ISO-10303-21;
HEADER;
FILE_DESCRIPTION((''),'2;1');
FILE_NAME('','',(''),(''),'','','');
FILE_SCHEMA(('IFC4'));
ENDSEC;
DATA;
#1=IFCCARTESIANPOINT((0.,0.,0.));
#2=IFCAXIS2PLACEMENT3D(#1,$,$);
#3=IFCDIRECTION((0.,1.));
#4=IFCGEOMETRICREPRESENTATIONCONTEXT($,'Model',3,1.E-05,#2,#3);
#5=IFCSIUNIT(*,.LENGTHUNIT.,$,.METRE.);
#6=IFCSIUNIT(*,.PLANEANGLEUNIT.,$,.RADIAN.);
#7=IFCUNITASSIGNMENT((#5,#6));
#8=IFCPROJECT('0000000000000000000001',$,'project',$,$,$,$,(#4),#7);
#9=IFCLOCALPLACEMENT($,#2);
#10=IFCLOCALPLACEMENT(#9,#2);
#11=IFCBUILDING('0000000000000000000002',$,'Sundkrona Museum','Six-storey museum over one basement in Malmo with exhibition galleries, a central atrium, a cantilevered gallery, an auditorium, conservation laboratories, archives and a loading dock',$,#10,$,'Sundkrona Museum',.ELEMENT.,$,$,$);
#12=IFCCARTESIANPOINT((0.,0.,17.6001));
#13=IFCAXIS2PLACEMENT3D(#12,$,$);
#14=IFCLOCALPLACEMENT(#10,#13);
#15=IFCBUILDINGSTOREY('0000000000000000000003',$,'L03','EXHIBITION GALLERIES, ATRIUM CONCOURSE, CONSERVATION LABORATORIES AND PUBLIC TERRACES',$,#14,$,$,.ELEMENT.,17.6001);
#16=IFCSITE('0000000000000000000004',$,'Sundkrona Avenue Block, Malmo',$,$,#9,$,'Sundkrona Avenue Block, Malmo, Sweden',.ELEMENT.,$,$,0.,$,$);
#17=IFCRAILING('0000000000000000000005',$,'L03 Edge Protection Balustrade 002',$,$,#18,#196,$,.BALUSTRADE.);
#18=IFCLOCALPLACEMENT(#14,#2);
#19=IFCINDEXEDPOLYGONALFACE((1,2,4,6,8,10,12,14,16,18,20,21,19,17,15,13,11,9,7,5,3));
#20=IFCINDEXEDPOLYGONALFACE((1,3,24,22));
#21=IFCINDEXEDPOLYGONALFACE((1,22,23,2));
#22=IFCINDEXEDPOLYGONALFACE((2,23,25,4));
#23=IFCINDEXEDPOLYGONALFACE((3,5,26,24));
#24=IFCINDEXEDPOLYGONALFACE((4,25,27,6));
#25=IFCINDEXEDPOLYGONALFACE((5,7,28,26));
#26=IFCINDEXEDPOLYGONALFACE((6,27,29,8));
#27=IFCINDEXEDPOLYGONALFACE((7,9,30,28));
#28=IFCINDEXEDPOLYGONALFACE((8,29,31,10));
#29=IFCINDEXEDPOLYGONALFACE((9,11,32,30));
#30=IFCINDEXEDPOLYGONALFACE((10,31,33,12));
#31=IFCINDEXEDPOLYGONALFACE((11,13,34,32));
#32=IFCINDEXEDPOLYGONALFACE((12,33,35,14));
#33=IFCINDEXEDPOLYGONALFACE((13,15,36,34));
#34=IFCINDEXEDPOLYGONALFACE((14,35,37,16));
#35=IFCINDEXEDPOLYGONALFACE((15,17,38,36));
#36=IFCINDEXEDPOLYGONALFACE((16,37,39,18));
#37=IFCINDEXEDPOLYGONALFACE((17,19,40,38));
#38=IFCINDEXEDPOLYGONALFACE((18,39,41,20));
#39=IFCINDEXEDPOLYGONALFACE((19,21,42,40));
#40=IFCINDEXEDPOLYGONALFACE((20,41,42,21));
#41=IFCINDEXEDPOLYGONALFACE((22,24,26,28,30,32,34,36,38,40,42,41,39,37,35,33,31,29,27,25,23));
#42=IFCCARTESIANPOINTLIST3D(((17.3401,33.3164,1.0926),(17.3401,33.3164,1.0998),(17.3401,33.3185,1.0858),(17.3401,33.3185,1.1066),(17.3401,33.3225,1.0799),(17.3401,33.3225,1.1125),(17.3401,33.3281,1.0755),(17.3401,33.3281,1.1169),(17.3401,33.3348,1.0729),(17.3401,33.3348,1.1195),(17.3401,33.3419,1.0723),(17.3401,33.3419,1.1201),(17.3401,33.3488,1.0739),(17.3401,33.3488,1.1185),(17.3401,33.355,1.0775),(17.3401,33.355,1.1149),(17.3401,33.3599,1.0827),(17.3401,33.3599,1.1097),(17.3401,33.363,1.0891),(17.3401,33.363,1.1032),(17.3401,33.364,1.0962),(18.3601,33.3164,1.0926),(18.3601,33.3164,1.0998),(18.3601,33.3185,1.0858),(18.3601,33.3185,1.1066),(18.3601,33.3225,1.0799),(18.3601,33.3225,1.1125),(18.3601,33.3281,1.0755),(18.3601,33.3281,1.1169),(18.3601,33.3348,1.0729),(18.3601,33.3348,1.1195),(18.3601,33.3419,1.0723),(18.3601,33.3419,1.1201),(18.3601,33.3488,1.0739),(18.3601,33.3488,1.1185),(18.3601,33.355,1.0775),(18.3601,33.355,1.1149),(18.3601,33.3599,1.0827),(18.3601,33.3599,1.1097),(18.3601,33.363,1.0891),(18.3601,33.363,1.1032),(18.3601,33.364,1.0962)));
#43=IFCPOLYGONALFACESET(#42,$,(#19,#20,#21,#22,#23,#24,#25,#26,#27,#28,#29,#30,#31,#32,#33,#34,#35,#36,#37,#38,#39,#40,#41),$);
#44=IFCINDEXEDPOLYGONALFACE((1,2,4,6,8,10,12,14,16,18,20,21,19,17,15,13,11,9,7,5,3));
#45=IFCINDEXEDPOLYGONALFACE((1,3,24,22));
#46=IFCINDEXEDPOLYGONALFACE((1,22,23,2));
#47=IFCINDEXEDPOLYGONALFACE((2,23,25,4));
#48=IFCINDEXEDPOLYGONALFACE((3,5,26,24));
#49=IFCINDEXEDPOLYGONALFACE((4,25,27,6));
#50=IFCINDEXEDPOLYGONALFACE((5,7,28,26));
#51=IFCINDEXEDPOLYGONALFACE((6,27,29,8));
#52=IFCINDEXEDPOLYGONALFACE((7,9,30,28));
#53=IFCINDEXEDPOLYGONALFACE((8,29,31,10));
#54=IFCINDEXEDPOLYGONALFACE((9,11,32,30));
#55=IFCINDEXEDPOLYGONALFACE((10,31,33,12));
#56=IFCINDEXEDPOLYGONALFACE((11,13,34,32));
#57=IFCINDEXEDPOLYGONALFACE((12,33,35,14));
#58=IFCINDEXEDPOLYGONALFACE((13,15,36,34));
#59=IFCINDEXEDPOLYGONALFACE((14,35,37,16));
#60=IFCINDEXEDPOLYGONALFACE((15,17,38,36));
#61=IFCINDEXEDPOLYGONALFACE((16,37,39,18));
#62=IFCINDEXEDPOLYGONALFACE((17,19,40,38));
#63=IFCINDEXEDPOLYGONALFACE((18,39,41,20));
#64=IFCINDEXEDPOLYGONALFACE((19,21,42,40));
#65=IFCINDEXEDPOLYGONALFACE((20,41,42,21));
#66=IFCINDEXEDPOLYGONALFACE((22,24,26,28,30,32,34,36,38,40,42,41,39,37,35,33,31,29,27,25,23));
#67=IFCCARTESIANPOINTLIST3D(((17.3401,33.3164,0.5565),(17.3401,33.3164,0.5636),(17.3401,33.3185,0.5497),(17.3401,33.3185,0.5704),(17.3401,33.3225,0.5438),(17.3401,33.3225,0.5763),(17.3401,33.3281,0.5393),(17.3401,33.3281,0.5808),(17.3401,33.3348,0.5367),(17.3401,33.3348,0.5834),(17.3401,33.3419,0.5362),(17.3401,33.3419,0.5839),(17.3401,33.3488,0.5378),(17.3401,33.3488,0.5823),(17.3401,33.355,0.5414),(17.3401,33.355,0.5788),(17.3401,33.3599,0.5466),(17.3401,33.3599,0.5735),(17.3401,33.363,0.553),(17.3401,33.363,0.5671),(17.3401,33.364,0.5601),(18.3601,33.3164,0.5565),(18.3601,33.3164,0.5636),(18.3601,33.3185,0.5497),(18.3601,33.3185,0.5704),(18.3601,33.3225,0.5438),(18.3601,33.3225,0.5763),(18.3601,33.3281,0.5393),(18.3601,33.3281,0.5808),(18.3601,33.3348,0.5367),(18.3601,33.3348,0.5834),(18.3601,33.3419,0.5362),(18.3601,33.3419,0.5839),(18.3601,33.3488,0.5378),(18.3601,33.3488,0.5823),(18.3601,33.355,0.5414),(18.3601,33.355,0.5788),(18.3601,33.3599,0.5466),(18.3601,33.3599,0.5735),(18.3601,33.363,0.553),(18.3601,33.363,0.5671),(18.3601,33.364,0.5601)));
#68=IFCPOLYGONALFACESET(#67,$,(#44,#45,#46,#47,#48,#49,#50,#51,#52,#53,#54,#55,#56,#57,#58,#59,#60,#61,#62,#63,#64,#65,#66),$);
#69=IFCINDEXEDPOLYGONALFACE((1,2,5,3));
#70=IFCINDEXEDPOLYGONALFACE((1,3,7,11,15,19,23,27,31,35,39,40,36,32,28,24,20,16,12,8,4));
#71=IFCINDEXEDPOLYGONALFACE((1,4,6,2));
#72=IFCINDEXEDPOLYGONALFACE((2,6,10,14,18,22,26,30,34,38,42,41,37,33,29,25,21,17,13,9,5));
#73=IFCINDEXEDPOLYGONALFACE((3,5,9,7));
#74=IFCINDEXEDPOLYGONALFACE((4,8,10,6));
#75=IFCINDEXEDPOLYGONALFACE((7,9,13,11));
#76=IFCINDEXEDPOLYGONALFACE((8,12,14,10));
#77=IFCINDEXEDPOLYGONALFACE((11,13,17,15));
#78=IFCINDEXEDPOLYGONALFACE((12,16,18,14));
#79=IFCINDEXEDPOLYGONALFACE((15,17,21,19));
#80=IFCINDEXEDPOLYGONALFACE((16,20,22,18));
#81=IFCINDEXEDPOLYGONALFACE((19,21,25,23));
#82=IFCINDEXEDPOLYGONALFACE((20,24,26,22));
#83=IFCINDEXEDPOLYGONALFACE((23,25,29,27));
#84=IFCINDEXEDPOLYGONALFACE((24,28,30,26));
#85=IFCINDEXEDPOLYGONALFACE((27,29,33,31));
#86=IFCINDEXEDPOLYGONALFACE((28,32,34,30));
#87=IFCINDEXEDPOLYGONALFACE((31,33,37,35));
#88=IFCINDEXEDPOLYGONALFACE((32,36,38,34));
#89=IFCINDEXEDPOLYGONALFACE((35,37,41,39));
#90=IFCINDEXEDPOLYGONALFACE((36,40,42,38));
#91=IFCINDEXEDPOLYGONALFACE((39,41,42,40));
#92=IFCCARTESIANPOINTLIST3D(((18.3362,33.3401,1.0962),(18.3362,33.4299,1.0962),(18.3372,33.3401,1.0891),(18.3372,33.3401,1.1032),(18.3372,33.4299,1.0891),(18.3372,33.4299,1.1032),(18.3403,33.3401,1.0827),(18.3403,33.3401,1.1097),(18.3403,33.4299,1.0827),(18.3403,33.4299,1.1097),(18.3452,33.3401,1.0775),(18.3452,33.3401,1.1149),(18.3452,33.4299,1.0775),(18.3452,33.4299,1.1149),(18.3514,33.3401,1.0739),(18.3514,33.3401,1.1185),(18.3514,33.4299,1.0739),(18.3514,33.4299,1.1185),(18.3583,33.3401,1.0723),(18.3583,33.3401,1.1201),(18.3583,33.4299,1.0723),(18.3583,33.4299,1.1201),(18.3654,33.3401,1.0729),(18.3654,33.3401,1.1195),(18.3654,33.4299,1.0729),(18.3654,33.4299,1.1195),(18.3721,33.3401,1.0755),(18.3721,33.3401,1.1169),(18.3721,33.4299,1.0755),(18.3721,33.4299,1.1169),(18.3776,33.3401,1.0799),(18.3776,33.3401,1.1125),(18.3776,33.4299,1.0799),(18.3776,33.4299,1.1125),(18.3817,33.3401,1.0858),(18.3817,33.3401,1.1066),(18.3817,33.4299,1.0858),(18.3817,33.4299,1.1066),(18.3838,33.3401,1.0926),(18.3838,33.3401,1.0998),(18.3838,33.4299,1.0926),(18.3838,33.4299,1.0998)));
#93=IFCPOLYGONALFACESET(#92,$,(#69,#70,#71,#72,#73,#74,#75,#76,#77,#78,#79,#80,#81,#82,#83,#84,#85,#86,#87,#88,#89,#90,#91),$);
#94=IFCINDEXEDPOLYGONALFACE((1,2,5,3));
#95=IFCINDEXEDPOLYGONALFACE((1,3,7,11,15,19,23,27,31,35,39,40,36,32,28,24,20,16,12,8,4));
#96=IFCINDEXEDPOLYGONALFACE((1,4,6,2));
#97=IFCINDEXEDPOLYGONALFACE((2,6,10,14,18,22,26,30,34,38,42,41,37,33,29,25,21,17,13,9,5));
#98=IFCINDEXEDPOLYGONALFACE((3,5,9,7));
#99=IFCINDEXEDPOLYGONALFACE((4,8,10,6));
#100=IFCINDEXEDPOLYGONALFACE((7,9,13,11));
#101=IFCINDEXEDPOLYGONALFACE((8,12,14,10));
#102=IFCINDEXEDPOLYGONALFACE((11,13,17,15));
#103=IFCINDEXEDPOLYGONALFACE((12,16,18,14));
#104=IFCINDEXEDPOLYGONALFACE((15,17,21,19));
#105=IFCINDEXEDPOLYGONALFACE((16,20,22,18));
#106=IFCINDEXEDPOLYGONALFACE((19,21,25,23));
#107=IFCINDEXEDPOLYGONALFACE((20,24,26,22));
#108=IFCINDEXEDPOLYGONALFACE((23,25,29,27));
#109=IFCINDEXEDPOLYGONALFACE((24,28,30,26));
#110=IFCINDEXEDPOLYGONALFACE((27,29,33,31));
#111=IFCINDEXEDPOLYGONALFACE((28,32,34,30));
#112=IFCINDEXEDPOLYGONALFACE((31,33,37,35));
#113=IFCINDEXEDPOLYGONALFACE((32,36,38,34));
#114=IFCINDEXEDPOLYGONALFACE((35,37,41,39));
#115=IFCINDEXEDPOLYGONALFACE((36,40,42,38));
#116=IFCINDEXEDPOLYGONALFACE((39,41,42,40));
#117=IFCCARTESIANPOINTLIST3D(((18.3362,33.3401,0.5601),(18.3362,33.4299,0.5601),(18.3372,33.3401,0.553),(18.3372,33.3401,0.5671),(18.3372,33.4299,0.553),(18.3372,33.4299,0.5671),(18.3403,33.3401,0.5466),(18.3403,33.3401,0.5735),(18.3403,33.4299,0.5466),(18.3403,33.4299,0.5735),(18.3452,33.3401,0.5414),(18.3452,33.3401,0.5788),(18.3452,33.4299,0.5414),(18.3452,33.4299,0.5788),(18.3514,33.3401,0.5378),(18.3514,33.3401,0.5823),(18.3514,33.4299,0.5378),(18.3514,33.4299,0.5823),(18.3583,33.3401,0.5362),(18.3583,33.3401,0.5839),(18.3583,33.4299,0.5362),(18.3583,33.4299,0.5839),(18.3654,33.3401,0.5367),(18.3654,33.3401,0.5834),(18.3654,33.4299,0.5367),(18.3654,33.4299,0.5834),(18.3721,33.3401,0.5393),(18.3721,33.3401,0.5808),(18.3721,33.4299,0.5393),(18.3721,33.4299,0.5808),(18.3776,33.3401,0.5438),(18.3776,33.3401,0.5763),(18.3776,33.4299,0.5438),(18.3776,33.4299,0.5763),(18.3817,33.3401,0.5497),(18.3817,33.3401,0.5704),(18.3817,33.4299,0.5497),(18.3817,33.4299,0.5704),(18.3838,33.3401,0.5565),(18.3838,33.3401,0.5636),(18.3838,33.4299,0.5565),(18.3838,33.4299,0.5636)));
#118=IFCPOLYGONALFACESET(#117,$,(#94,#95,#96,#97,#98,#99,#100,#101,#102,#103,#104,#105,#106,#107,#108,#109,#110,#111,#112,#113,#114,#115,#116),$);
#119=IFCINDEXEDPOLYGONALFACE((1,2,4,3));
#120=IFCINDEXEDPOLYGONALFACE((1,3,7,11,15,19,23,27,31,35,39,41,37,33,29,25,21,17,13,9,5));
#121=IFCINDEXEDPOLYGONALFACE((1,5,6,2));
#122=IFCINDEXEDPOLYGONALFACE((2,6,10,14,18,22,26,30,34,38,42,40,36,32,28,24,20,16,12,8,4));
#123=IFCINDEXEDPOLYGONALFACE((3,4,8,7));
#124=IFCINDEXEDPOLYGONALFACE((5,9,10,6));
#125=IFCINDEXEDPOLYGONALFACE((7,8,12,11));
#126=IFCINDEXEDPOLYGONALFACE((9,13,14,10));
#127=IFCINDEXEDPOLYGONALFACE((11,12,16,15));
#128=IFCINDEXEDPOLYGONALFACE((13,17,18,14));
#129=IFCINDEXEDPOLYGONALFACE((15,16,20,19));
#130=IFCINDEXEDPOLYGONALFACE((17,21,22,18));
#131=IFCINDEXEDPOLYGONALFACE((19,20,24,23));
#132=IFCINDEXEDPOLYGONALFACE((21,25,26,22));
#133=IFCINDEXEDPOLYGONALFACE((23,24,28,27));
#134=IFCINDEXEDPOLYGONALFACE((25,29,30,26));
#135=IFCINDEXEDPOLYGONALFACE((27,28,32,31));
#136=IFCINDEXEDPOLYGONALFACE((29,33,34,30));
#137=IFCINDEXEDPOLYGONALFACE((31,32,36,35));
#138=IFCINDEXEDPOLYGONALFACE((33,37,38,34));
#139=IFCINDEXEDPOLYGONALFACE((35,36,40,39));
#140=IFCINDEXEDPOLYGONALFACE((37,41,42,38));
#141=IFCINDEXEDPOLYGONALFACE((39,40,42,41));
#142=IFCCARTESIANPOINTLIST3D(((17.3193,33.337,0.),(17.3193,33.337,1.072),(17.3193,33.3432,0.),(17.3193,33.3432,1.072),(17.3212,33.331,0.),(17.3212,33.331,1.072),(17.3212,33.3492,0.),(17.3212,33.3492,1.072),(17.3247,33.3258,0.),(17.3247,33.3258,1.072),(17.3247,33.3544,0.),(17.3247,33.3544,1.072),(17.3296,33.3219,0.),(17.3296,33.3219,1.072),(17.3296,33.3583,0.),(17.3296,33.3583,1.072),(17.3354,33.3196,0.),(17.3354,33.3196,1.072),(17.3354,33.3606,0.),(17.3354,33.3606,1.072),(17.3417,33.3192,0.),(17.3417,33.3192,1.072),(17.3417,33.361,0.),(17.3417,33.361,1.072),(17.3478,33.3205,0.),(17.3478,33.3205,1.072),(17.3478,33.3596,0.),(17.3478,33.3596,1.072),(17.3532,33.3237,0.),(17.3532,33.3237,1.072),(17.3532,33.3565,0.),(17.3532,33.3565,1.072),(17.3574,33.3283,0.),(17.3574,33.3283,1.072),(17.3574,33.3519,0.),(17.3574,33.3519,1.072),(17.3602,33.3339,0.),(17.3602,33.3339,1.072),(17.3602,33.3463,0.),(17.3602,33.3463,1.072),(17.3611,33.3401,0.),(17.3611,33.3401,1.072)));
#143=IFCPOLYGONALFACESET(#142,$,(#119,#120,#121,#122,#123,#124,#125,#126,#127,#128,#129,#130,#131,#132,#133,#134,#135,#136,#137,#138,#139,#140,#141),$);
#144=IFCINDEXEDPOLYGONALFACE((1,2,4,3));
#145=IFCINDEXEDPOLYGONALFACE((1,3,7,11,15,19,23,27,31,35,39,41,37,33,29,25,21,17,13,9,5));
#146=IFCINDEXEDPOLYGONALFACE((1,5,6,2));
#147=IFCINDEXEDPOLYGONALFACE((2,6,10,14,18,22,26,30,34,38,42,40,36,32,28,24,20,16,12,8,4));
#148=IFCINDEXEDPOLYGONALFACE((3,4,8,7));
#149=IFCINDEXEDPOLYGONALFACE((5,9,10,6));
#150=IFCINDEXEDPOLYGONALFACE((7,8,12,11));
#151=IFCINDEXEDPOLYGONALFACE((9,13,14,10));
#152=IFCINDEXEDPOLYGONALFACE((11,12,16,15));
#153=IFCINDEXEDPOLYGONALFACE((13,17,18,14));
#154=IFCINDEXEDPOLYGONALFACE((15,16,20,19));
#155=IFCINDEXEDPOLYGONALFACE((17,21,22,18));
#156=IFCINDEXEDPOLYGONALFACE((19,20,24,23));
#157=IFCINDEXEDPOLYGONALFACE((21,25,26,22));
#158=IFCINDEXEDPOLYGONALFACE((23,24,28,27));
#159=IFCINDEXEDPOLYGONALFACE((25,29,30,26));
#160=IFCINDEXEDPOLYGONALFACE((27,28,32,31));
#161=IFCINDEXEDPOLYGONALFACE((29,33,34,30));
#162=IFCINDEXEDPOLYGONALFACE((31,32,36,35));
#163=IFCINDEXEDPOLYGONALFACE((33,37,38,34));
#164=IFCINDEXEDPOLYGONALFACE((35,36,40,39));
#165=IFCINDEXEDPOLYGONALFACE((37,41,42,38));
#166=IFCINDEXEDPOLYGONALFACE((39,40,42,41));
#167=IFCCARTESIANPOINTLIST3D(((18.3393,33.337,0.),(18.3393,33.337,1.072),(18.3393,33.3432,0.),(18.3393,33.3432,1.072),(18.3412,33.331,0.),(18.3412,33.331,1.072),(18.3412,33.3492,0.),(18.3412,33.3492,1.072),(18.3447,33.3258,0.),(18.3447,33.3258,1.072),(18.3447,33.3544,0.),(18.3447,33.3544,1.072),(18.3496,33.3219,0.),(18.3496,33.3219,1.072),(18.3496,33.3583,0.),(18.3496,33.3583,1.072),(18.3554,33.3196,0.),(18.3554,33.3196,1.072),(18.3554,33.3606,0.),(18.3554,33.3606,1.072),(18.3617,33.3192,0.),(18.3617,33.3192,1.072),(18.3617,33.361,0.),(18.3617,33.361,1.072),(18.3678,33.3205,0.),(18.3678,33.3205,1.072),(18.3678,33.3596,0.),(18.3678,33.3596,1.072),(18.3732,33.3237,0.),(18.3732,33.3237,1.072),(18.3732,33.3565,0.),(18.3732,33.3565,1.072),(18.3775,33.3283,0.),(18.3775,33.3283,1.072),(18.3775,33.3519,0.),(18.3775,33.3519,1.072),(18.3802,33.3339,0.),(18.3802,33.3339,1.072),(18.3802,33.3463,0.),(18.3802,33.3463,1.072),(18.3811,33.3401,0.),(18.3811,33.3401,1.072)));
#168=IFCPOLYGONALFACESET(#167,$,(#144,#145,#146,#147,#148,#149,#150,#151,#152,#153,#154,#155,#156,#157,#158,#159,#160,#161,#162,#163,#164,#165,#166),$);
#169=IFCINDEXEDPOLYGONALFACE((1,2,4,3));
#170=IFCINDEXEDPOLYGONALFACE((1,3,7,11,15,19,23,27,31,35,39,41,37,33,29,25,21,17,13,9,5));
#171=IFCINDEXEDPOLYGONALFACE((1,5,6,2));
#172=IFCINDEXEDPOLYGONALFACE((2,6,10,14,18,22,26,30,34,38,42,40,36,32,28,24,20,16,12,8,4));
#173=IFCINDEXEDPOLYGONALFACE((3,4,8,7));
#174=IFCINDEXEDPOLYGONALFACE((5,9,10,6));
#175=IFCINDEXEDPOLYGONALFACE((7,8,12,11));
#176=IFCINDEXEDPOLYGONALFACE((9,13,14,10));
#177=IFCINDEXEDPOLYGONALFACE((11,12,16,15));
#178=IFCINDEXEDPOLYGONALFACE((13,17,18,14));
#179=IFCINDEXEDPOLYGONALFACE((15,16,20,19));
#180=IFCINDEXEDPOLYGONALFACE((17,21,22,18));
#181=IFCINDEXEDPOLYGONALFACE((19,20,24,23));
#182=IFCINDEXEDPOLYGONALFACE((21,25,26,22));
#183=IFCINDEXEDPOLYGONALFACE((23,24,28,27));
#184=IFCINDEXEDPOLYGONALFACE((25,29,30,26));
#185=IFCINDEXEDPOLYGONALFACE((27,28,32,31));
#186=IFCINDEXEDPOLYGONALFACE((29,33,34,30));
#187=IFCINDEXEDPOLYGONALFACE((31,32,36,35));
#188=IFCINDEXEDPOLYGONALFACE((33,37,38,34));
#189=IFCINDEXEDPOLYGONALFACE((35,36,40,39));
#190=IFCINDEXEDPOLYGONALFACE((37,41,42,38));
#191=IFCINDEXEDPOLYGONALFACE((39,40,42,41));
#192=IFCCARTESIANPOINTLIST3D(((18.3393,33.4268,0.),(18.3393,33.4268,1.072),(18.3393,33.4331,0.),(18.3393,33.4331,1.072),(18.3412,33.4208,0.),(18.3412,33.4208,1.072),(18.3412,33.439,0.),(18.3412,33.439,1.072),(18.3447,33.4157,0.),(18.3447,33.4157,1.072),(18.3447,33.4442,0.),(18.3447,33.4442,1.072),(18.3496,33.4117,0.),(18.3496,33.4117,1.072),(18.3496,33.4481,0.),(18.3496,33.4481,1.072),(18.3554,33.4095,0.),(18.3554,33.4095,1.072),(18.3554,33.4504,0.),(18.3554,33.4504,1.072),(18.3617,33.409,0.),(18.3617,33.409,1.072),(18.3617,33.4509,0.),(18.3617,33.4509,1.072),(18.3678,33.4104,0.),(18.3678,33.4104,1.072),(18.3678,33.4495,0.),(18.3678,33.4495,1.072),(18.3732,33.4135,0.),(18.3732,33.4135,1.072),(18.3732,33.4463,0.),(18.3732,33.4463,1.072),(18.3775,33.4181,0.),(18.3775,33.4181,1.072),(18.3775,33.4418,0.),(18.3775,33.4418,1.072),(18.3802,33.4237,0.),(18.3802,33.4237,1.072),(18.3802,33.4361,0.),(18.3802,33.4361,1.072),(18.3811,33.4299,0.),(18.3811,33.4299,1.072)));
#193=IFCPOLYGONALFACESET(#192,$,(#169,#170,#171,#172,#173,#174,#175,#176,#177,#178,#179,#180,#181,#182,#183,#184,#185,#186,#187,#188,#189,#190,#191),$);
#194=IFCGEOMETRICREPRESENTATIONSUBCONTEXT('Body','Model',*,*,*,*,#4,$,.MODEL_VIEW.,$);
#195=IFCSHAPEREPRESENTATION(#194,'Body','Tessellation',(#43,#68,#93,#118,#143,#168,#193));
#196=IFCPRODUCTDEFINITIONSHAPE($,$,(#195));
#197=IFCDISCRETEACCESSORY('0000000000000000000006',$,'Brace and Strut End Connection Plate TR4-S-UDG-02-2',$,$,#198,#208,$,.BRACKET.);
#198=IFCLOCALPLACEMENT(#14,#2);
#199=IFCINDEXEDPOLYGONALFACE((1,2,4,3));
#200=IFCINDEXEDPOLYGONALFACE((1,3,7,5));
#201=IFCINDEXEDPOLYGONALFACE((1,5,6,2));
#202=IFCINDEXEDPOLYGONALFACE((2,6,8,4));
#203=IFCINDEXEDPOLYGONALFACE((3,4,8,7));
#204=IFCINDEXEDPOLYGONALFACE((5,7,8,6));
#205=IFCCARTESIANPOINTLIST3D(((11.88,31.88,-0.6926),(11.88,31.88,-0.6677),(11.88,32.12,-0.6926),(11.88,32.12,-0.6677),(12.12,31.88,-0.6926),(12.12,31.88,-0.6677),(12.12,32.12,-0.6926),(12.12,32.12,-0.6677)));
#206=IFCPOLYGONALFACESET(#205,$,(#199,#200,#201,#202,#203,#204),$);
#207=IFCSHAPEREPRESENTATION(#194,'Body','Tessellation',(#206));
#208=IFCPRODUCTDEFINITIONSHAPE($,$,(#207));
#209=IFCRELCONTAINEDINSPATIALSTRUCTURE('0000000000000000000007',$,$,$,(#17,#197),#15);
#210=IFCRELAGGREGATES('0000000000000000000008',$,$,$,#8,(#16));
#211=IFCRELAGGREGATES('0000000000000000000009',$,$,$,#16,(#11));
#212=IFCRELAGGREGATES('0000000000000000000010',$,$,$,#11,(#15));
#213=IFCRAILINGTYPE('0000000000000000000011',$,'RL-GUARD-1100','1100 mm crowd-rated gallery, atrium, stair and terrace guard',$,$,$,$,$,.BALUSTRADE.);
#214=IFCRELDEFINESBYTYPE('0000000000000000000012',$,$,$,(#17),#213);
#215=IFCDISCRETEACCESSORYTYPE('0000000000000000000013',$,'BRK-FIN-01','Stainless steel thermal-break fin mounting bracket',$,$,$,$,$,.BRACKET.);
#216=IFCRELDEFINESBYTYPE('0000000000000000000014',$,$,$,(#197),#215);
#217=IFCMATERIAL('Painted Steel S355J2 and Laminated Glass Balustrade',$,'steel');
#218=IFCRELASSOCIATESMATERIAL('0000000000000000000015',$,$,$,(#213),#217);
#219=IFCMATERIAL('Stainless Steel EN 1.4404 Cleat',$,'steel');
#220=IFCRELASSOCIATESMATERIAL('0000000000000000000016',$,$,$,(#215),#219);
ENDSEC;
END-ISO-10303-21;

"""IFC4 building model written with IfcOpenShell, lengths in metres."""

from ifc_helpers import new_model, si_unit, direction, frame, origin, origin_2d, place, context, subcontext, project, spatial, rectangle, circle, extrude, material, type_object, element, save


model = new_model("IFC4")

# Units and contexts
model_context = context("Model", 3, precision=1e-05, world=origin(), true_north=direction((0.0, 1.0)))
body_context = subcontext(model_context, "Body", "Model", "MODEL_VIEW")
ifc_project = project(units=[si_unit("LENGTHUNIT", "METRE"), si_unit("PLANEANGLEUNIT", "RADIAN")], contexts=[model_context])

# Site, building, storey
site_placement = place(None, origin())
site = spatial("IfcSite", under=ifc_project, at=site_placement, Name="Sundkrona Avenue Block, Malmo", LongName="Sundkrona Avenue Block, Malmo, Sweden", CompositionType="ELEMENT", RefElevation=0.0)
building_placement = place(site_placement, origin())
building = spatial("IfcBuilding", under=site, at=building_placement, Name="Sundkrona Museum", Description="Six-storey museum over one basement in Malmo with exhibition galleries, a central atrium, a cantilevered gallery, an auditorium, conservation laboratories, archives and a loading dock", LongName="Sundkrona Museum", CompositionType="ELEMENT")
storey_placement = place(building_placement, frame((0.0, 0.0, 17.6001)))
storey = spatial("IfcBuildingStorey", under=building, at=storey_placement, Name="L03", Description="EXHIBITION GALLERIES, ATRIUM CONCOURSE, CONSERVATION LABORATORIES AND PUBLIC TERRACES", CompositionType="ELEMENT", Elevation=17.6001)

# Railing
ifc_material_1 = material(Name="Painted Steel S355J2 and Laminated Glass Balustrade", Category="steel")
railing_type = type_object("IfcRailingType", Name="RL-GUARD-1100", Description="1100 mm crowd-rated gallery, atrium, stair and terrace guard", PredefinedType="BALUSTRADE", material=ifc_material_1)
railing_placement = place(storey_placement, frame((17.3401, 33.3401, 0.0)))
element("IfcRailing", 1, at=railing_placement, inside=storey, type_object=railing_type, Name="L03 Edge Protection Balustrade 002", PredefinedType="BALUSTRADE", context=body_context, shape_type="SweptSolid", body=[
    extrude(circle(Radius=0.0239, at=origin_2d()), frame((0.0, 0.0, 1.0962), z_axis=(1.0, 0.0, 0.0), x_axis=(0.0, 1.0, 0.0)), (0.0, 0.0, 1.0), 1.02),
    extrude(circle(Radius=0.0239, at=origin_2d()), frame((0.0, 0.0, 0.5601), z_axis=(1.0, 0.0, 0.0), x_axis=(0.0, 1.0, 0.0)), (0.0, 0.0, 1.0), 1.02),
    extrude(circle(Radius=0.0239, at=origin_2d()), frame((1.02, 0.0, 1.0962), z_axis=(0.0, 1.0, 0.0), x_axis=(-1.0, 0.0, 0.0)), (0.0, 0.0, 1.0), 0.0898),
    extrude(circle(Radius=0.0239, at=origin_2d()), frame((1.02, 0.0, 0.5601), z_axis=(0.0, 1.0, 0.0), x_axis=(-1.0, 0.0, 0.0)), (0.0, 0.0, 1.0), 0.0898),
    extrude(circle(Radius=0.021, at=origin_2d()), origin(), (0.0, 0.0, 1.0), 1.072),
    extrude(circle(Radius=0.021, at=origin_2d()), frame((1.02, 0.0, 0.0)), (0.0, 0.0, 1.0), 1.072),
    extrude(circle(Radius=0.021, at=origin_2d()), frame((1.02, 0.0898, 0.0)), (0.0, 0.0, 1.0), 1.072),
])

# Discrete accessory
ifc_material_2 = material(Name="Stainless Steel EN 1.4404 Cleat", Category="steel")
discrete_accessory_type = type_object("IfcDiscreteAccessoryType", Name="BRK-FIN-01", Description="Stainless steel thermal-break fin mounting bracket", PredefinedType="BRACKET", material=ifc_material_2)
for number, where, z_axis, x_axis, name in (
    (2, (12.0, 32.0, -0.6926), (0.0, 0.0, 1.0), (1.0, 0.0, 0.0), "Brace and Strut End Connection Plate TR4-S-UDG-02-2"),
):
    element("IfcDiscreteAccessory", number, at=place(storey_placement, frame(where, z_axis=z_axis, x_axis=x_axis)), inside=storey, type_object=discrete_accessory_type, Name=name, PredefinedType="BRACKET", context=body_context, shape_type="SweptSolid", body=[
        extrude(rectangle(XDim=0.24, YDim=0.24, at=origin_2d()), origin(), (0.0, 0.0, 1.0), 0.0249),
    ])

save(model, "model.ifc")
